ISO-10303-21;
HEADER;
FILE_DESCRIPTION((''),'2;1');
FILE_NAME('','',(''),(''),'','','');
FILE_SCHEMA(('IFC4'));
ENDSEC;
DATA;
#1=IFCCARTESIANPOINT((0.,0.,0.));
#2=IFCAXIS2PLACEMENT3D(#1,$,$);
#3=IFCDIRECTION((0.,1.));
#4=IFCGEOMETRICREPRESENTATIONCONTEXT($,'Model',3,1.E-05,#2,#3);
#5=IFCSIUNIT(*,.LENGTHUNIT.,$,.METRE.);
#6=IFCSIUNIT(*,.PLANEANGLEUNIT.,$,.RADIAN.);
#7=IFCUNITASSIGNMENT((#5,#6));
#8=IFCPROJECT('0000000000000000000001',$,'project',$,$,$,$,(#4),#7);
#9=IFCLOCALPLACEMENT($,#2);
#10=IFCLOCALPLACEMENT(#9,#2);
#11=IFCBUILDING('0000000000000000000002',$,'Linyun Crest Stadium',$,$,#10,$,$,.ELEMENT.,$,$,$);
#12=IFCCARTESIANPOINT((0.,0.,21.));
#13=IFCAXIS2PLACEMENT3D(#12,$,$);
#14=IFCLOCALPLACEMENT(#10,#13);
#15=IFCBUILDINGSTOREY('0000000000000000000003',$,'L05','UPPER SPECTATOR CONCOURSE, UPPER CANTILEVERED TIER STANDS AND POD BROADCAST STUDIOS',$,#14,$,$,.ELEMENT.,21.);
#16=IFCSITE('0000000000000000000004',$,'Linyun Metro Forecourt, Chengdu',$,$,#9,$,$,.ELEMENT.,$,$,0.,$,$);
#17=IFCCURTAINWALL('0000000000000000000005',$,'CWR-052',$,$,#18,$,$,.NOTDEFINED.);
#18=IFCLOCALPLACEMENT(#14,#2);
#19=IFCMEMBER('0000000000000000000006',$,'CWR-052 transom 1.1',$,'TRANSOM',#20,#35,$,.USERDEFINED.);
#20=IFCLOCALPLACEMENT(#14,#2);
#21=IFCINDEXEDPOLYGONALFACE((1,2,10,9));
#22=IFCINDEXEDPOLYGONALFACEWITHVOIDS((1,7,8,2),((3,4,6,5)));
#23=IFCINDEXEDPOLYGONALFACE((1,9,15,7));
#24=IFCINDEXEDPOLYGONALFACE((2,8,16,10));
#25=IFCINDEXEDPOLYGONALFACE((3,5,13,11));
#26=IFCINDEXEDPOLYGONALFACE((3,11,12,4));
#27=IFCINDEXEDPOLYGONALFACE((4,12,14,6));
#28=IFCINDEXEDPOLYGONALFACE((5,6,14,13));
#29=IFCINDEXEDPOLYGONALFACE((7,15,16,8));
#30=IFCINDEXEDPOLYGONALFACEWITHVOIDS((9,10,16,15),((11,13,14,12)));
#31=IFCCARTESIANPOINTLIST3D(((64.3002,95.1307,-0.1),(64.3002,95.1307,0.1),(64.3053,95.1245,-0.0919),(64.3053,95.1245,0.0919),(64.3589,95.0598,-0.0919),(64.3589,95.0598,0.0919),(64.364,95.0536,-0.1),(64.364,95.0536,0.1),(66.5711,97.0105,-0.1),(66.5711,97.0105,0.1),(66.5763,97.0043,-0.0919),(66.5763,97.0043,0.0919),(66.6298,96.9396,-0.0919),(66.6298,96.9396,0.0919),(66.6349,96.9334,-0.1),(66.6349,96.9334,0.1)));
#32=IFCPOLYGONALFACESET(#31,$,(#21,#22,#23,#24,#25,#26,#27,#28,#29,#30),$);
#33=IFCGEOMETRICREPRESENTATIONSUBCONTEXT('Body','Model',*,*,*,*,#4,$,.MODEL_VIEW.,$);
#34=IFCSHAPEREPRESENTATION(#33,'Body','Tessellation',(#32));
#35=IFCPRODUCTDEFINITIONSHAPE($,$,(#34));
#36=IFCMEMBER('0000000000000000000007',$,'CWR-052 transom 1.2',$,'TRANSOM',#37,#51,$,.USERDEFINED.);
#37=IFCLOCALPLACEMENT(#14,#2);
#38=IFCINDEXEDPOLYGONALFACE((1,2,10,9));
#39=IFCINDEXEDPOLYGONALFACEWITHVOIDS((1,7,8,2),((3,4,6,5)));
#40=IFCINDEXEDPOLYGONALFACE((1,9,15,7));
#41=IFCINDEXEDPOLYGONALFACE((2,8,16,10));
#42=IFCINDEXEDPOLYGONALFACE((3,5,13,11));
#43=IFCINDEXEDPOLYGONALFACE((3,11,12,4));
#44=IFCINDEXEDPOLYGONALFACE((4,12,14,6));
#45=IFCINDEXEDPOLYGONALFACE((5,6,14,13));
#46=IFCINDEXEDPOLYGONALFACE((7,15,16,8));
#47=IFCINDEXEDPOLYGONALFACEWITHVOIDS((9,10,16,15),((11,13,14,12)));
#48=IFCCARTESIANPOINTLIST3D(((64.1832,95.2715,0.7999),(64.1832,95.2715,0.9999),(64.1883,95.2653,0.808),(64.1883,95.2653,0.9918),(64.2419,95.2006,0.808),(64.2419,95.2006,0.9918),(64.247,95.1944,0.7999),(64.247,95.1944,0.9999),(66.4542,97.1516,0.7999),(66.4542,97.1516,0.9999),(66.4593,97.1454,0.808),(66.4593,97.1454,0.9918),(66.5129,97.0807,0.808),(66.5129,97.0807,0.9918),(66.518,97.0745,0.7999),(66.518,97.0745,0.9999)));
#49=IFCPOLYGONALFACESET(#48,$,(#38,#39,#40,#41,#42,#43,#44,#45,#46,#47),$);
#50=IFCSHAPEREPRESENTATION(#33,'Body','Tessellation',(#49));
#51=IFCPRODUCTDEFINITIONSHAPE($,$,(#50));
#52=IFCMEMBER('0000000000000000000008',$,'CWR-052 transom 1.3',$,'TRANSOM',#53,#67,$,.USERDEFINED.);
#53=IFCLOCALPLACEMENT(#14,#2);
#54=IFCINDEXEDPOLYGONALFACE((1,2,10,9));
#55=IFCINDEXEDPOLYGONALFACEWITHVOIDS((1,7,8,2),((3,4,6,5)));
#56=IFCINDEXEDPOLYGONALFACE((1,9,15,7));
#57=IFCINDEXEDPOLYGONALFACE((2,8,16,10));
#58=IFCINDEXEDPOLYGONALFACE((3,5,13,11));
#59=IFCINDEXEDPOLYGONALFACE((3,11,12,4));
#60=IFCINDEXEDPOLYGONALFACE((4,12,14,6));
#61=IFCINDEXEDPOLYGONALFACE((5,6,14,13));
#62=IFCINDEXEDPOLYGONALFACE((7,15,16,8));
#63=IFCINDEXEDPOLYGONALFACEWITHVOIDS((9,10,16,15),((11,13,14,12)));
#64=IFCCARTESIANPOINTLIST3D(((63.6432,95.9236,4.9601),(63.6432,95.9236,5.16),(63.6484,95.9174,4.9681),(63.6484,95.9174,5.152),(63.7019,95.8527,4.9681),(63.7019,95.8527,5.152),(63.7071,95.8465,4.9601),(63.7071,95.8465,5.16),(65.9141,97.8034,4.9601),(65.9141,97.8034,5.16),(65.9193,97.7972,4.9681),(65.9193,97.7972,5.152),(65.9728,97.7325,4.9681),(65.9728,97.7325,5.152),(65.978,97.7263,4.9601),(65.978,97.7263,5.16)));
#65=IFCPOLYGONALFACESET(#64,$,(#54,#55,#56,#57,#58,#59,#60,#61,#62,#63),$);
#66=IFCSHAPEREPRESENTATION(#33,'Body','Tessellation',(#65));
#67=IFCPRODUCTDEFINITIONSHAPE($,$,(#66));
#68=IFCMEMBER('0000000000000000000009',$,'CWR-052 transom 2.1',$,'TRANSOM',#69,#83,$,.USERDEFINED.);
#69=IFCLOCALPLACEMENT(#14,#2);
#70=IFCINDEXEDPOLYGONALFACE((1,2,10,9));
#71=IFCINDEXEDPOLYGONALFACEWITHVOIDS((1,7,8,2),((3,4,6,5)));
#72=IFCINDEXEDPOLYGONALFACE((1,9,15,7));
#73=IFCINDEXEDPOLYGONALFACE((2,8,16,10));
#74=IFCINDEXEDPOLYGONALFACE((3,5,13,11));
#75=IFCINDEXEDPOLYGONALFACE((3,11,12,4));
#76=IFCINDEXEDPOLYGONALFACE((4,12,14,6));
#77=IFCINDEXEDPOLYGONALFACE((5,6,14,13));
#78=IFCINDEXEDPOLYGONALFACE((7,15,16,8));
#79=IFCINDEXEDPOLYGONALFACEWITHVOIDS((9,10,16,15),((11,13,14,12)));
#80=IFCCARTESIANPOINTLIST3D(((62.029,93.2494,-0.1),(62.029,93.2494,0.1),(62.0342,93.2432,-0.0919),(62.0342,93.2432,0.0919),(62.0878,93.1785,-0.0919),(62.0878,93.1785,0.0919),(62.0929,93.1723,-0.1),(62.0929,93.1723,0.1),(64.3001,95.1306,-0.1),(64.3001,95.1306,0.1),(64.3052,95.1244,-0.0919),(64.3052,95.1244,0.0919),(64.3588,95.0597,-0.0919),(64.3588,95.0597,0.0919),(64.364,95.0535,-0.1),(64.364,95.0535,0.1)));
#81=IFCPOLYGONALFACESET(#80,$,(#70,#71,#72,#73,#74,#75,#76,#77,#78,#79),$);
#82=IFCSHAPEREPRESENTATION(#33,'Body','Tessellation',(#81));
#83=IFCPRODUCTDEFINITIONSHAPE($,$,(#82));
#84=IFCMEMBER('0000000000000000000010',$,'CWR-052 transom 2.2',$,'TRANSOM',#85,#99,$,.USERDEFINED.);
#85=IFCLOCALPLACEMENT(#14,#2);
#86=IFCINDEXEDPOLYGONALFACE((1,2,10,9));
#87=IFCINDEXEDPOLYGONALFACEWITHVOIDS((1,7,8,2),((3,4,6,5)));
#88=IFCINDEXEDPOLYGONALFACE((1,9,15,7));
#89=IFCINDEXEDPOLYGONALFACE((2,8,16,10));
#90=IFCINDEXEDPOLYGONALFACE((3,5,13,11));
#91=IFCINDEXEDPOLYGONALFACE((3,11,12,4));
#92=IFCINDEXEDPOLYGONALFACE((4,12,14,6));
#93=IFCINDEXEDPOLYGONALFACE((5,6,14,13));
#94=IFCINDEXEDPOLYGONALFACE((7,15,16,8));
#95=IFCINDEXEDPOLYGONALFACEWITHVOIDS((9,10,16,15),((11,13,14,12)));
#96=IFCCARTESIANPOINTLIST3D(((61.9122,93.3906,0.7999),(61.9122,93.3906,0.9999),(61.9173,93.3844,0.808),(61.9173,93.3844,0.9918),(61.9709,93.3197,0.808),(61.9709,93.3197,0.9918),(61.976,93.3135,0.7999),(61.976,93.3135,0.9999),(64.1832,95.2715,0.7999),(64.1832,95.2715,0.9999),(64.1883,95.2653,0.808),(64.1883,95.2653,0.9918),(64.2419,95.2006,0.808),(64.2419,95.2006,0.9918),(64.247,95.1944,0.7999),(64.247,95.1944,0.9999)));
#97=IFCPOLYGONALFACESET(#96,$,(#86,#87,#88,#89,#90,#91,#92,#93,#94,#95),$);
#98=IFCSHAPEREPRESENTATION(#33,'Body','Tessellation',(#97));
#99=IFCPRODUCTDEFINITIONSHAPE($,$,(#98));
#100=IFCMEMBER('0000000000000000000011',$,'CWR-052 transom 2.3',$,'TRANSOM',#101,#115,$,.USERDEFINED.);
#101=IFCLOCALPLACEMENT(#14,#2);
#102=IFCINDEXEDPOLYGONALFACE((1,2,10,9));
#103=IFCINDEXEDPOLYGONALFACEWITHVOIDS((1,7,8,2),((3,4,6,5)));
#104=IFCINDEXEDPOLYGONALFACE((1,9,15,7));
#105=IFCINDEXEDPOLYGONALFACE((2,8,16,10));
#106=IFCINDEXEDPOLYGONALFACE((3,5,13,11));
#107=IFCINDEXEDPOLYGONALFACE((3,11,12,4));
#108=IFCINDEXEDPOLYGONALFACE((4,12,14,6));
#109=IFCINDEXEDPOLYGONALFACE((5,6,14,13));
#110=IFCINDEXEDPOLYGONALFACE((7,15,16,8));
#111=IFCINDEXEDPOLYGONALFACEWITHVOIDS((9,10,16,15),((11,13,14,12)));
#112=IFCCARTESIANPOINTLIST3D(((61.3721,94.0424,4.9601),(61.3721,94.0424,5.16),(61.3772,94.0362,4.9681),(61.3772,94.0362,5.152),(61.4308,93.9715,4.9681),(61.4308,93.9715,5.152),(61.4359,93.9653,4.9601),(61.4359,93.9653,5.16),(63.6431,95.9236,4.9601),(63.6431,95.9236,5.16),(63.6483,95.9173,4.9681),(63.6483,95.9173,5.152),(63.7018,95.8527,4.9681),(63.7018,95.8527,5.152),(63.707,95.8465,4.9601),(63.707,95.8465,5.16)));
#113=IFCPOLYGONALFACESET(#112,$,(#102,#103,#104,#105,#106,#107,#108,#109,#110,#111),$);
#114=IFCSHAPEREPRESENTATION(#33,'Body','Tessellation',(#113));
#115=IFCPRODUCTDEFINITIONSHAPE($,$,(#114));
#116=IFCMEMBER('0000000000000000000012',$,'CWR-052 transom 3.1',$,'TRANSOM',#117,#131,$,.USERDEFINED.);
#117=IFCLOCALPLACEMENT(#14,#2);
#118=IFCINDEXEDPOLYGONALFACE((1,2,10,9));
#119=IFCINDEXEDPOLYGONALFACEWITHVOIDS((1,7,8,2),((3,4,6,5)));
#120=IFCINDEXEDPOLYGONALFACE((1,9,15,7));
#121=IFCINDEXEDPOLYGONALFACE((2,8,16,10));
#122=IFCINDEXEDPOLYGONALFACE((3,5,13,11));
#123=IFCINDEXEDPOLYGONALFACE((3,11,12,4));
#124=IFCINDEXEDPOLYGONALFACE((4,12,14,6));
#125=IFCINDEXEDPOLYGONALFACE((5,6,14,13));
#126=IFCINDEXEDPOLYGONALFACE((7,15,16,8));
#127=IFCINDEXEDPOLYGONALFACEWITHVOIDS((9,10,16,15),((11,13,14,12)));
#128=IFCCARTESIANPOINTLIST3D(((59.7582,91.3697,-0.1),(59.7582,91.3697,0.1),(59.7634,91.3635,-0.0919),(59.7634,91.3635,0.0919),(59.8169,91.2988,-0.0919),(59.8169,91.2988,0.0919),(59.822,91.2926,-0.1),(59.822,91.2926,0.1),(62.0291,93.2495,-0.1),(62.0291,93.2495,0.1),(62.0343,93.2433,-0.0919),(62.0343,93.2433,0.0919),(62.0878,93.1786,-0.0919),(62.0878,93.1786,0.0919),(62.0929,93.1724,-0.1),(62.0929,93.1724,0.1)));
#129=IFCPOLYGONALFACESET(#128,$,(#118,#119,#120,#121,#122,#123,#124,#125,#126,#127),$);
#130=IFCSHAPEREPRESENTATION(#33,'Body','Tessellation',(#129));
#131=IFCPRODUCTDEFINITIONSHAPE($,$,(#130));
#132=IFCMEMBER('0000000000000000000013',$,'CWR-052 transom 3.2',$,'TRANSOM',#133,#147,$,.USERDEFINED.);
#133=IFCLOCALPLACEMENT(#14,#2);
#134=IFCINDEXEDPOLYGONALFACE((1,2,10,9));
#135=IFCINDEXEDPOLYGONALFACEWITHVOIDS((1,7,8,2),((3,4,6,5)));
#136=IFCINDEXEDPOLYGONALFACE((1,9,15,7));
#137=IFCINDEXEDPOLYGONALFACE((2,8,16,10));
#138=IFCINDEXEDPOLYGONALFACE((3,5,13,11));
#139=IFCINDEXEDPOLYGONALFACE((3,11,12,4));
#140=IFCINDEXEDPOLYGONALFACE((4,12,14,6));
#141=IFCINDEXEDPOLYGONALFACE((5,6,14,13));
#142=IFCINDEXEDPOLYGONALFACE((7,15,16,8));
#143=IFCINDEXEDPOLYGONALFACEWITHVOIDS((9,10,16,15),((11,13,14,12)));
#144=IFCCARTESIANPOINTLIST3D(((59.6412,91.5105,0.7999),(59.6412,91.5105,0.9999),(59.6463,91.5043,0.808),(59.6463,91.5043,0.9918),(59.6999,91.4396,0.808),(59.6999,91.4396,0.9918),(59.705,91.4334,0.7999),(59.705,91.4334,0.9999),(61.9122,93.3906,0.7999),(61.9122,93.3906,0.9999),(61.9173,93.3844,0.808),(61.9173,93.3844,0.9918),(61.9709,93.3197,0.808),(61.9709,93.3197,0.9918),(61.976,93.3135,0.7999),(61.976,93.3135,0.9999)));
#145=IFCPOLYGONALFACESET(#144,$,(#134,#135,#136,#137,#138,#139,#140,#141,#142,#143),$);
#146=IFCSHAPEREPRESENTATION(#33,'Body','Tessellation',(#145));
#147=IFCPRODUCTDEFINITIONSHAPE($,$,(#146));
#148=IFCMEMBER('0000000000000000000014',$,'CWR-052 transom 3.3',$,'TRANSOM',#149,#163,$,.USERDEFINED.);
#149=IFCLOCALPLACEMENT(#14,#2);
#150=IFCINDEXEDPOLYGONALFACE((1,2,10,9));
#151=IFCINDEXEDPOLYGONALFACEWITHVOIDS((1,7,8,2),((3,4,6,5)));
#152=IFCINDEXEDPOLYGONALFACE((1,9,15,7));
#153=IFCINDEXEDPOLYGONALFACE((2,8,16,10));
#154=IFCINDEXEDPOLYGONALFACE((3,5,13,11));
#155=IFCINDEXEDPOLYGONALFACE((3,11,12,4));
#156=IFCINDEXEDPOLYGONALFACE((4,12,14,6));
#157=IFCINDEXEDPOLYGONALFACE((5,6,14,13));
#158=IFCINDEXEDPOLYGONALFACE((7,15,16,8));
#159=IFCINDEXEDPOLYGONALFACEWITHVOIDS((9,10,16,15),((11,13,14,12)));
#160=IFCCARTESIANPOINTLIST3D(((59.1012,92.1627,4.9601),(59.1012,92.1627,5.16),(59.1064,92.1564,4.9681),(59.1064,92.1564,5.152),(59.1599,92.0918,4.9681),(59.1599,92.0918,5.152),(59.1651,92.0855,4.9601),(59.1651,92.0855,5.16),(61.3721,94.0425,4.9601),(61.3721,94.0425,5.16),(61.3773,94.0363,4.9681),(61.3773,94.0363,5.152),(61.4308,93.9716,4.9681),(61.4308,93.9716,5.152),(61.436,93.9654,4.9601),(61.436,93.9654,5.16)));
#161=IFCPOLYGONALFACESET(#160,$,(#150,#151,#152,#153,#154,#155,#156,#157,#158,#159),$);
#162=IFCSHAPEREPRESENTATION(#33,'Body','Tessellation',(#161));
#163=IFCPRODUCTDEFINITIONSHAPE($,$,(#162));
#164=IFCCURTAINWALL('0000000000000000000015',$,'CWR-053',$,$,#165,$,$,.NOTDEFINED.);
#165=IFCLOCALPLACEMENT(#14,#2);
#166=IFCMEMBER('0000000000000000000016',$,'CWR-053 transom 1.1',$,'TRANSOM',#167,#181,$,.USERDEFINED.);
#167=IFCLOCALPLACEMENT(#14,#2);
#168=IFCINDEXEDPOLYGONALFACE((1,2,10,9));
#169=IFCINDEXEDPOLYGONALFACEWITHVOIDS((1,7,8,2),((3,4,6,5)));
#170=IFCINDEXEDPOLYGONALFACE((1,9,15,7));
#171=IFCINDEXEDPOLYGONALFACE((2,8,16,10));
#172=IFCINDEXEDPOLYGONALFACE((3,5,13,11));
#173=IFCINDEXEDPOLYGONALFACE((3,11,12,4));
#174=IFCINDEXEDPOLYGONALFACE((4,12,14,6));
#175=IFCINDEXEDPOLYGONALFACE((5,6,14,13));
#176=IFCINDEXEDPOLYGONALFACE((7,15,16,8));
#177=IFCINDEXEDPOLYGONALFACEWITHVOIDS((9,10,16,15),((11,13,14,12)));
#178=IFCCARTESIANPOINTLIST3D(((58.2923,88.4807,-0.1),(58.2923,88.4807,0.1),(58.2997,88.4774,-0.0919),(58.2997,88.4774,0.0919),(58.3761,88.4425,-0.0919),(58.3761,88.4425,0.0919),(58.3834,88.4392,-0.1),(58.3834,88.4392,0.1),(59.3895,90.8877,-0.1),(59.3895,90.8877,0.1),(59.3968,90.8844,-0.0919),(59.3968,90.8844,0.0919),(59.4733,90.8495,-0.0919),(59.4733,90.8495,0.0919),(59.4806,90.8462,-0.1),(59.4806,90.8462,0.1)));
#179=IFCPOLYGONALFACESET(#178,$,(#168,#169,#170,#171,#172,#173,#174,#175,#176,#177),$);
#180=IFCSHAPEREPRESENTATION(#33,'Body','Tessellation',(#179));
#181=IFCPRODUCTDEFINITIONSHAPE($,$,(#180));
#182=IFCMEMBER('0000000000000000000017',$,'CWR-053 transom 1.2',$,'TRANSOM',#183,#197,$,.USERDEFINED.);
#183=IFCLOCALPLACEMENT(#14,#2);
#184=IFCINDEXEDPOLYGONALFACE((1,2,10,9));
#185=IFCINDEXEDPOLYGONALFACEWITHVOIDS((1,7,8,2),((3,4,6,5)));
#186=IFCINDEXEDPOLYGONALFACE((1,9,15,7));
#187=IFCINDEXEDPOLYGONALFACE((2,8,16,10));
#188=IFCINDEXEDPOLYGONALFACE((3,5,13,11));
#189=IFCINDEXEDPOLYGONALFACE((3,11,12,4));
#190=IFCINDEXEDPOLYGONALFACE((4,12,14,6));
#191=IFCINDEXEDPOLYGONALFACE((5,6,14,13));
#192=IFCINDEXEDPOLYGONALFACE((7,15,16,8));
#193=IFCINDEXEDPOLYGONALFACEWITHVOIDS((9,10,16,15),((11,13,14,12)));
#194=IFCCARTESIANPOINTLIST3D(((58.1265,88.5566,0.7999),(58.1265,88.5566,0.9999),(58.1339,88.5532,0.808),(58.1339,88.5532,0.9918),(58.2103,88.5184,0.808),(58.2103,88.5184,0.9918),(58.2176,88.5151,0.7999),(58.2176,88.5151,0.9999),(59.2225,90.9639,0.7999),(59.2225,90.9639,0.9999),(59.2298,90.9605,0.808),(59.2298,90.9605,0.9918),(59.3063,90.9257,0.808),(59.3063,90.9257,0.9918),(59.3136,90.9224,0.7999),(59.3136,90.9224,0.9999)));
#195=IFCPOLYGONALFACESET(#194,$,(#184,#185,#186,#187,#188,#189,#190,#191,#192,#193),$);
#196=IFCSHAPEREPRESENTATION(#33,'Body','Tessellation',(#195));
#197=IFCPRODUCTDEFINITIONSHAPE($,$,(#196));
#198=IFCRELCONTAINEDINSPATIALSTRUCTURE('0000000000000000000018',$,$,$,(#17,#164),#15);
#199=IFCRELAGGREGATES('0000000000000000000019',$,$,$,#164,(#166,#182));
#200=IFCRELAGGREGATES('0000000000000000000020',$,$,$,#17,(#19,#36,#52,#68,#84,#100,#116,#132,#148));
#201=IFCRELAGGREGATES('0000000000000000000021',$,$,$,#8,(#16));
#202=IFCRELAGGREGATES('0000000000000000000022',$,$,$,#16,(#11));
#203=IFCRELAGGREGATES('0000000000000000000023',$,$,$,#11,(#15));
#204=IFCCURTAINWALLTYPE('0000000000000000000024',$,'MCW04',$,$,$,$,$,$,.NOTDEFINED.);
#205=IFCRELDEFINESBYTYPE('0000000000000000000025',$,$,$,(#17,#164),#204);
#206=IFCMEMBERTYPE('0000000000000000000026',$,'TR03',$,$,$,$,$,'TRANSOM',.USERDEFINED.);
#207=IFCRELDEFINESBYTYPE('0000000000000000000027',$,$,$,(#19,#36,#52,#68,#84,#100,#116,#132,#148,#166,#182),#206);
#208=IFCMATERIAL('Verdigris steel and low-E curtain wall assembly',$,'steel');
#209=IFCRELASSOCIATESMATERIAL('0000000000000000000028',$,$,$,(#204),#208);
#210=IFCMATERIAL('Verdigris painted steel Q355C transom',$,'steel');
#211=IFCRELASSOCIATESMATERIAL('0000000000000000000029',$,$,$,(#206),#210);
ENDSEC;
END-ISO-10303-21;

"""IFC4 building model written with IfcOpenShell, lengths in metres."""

from ifc_helpers import new_model, si_unit, direction, frame, origin, origin_2d, place, context, subcontext, project, spatial, hollow_rectangle, extrude, material, material_profile, profile_set, type_object, element, aggregate, save


model = new_model("IFC4")

# Units and contexts
model_context = context("Model", 3, precision=1e-05, world=origin(), true_north=direction((0.0, 1.0)))
body_context = subcontext(model_context, "Body", "Model", "MODEL_VIEW")
ifc_project = project(units=[si_unit("LENGTHUNIT", "METRE"), si_unit("PLANEANGLEUNIT", "RADIAN")], contexts=[model_context])

# Site, building, storey
site_placement = place(None, origin())
site = spatial("IfcSite", under=ifc_project, at=site_placement, Name="Linyun Metro Forecourt, Chengdu", CompositionType="ELEMENT", RefElevation=0.0)
building_placement = place(site_placement, origin())
building = spatial("IfcBuilding", under=site, at=building_placement, Name="Linyun Crest Stadium", CompositionType="ELEMENT")
storey_placement = place(building_placement, frame((0.0, 0.0, 21.0)))
storey = spatial("IfcBuildingStorey", under=building, at=storey_placement, Name="L05", Description="UPPER SPECTATOR CONCOURSE, UPPER CANTILEVERED TIER STANDS AND POD BROADCAST STUDIOS", CompositionType="ELEMENT", Elevation=21.0)

# Curtain walls, members
ifc_material_1 = material(Name="Verdigris steel and low-E curtain wall assembly", Category="steel")
curtain_wall_type = type_object("IfcCurtainWallType", Name="MCW04", PredefinedType="NOTDEFINED", material=ifc_material_1)
curtain_wall_1_placement = place(storey_placement, origin())
curtain_wall_1 = element("IfcCurtainWall", 1, at=curtain_wall_1_placement, inside=storey, type_object=curtain_wall_type, Name="CWR-052", PredefinedType="NOTDEFINED")
ifc_material_2 = material(Name="Verdigris painted steel Q355C transom", Category="steel")
ifc_material_profile_1 = material_profile(ifc_material_2, hollow_rectangle(XDim=0.1001, YDim=0.2, WallThickness=0.0081, at=origin_2d()), Name="RHS 200x100x8")
ifc_profile_set_1 = profile_set([ifc_material_profile_1], Name="Verdigris painted steel Q355C transom")
member_type_1 = type_object("IfcMemberType", Name="TR03", ElementType="TRANSOM", PredefinedType="USERDEFINED", material=ifc_profile_set_1)
member_1_placement = place(storey_placement, frame((66.603, 96.9719, 0.0), z_axis=(-0.770321, -0.637656, 0.0), x_axis=(0.637656, -0.770321, 0.0)))
member_1 = element("IfcMember", 2, at=member_1_placement, type_object=member_type_1, Name="CWR-052 transom 1.1", ObjectType="TRANSOM", PredefinedType="USERDEFINED", context=body_context, shape_type="SweptSolid", body=[
    extrude(hollow_rectangle(XDim=0.1001, YDim=0.2, WallThickness=0.0081, at=origin_2d()), origin(), (0.0, 0.0, 1.0), 2.948),
])
member_2_placement = place(storey_placement, frame((66.4861, 97.113, 0.8999), z_axis=(-0.770281, -0.637705, 0.0), x_axis=(0.637705, -0.770281, 0.0)))
member_2 = element("IfcMember", 3, at=member_2_placement, type_object=member_type_1, Name="CWR-052 transom 1.2", ObjectType="TRANSOM", PredefinedType="USERDEFINED", context=body_context, shape_type="SweptSolid", body=[
    extrude(hollow_rectangle(XDim=0.1001, YDim=0.2, WallThickness=0.0081, at=origin_2d()), origin(), (0.0, 0.0, 1.0), 2.9482),
])
member_3_placement = place(storey_placement, frame((65.946, 97.7649, 5.0601), z_axis=(-0.770321, -0.637656, 0.0), x_axis=(0.637656, -0.770321, 0.0)))
member_3 = element("IfcMember", 4, at=member_3_placement, type_object=member_type_1, Name="CWR-052 transom 1.3", ObjectType="TRANSOM", PredefinedType="USERDEFINED", context=body_context, shape_type="SweptSolid", body=[
    extrude(hollow_rectangle(XDim=0.1001, YDim=0.2, WallThickness=0.0081, at=origin_2d()), origin(), (0.0, 0.0, 1.0), 2.948),
])
member_4_placement = place(storey_placement, frame((64.332, 95.092, 0.0), z_axis=(-0.770118, -0.637901, 0.0), x_axis=(0.637901, -0.770118, 0.0)))
member_4 = element("IfcMember", 5, at=member_4_placement, type_object=member_type_1, Name="CWR-052 transom 2.1", ObjectType="TRANSOM", PredefinedType="USERDEFINED", context=body_context, shape_type="SweptSolid", body=[
    extrude(hollow_rectangle(XDim=0.1001, YDim=0.2, WallThickness=0.0081, at=origin_2d()), origin(), (0.0, 0.0, 1.0), 2.949),
])
member_5_placement = place(storey_placement, frame((64.2151, 95.2329, 0.8999), z_axis=(-0.770159, -0.637852, 0.0), x_axis=(0.637852, -0.770159, 0.0)))
member_5 = element("IfcMember", 6, at=member_5_placement, type_object=member_type_1, Name="CWR-052 transom 2.2", ObjectType="TRANSOM", PredefinedType="USERDEFINED", context=body_context, shape_type="SweptSolid", body=[
    extrude(hollow_rectangle(XDim=0.1001, YDim=0.2, WallThickness=0.0081, at=origin_2d()), origin(), (0.0, 0.0, 1.0), 2.9487),
])
member_6_placement = place(storey_placement, frame((63.675, 95.885, 5.0601), z_axis=(-0.770118, -0.637901, 0.0), x_axis=(0.637901, -0.770118, 0.0)))
member_6 = element("IfcMember", 7, at=member_6_placement, type_object=member_type_1, Name="CWR-052 transom 2.3", ObjectType="TRANSOM", PredefinedType="USERDEFINED", context=body_context, shape_type="SweptSolid", body=[
    extrude(hollow_rectangle(XDim=0.1001, YDim=0.2, WallThickness=0.0081, at=origin_2d()), origin(), (0.0, 0.0, 1.0), 2.949),
])
member_7_placement = place(storey_placement, frame((62.061, 93.2109, 0.0), z_axis=(-0.770321, -0.637656, 0.0), x_axis=(0.637656, -0.770321, 0.0)))
member_7 = element("IfcMember", 8, at=member_7_placement, type_object=member_type_1, Name="CWR-052 transom 3.1", ObjectType="TRANSOM", PredefinedType="USERDEFINED", context=body_context, shape_type="SweptSolid", body=[
    extrude(hollow_rectangle(XDim=0.1001, YDim=0.2, WallThickness=0.0081, at=origin_2d()), origin(), (0.0, 0.0, 1.0), 2.948),
])
member_8_placement = place(storey_placement, frame((61.9441, 93.3521, 0.8999), z_axis=(-0.770281, -0.637705, 0.0), x_axis=(0.637705, -0.770281, 0.0)))
member_8 = element("IfcMember", 9, at=member_8_placement, type_object=member_type_1, Name="CWR-052 transom 3.2", ObjectType="TRANSOM", PredefinedType="USERDEFINED", context=body_context, shape_type="SweptSolid", body=[
    extrude(hollow_rectangle(XDim=0.1001, YDim=0.2, WallThickness=0.0081, at=origin_2d()), origin(), (0.0, 0.0, 1.0), 2.9482),
])
member_9_placement = place(storey_placement, frame((61.4041, 94.0039, 5.0601), z_axis=(-0.770321, -0.637656, 0.0), x_axis=(0.637656, -0.770321, 0.0)))
member_9 = element("IfcMember", 10, at=member_9_placement, type_object=member_type_1, Name="CWR-052 transom 3.3", ObjectType="TRANSOM", PredefinedType="USERDEFINED", context=body_context, shape_type="SweptSolid", body=[
    extrude(hollow_rectangle(XDim=0.1001, YDim=0.2, WallThickness=0.0081, at=origin_2d()), origin(), (0.0, 0.0, 1.0), 2.948),
])
curtain_wall_2_placement = place(storey_placement, origin())
curtain_wall_2 = element("IfcCurtainWall", 11, at=curtain_wall_2_placement, inside=storey, type_object=curtain_wall_type, Name="CWR-053", PredefinedType="NOTDEFINED")
member_10_placement = place(storey_placement, frame((59.4351, 90.8669, 0.0), z_axis=(-0.414769, -0.909927, 0.0), x_axis=(0.909927, -0.414769, 0.0)))
member_10 = element("IfcMember", 12, at=member_10_placement, type_object=member_type_1, Name="CWR-053 transom 1.1", ObjectType="TRANSOM", PredefinedType="USERDEFINED", context=body_context, shape_type="SweptSolid", body=[
    extrude(hollow_rectangle(XDim=0.1001, YDim=0.2, WallThickness=0.0081, at=origin_2d()), origin(), (0.0, 0.0, 1.0), 2.6453),
])
member_11_placement = place(storey_placement, frame((59.2681, 90.9431, 0.8999), z_axis=(-0.414352, -0.910117, 0.0), x_axis=(0.910117, -0.414352, 0.0)))
member_11 = element("IfcMember", 13, at=member_11_placement, type_object=member_type_1, Name="CWR-053 transom 1.2", ObjectType="TRANSOM", PredefinedType="USERDEFINED", context=body_context, shape_type="SweptSolid", body=[
    extrude(hollow_rectangle(XDim=0.1001, YDim=0.2, WallThickness=0.0081, at=origin_2d()), origin(), (0.0, 0.0, 1.0), 2.645),
])
aggregate(curtain_wall_2, [member_10, member_11])

aggregate(curtain_wall_1, [member_1, member_2, member_3, member_4, member_5, member_6, member_7, member_8, member_9])

save(model, "model.ifc")
